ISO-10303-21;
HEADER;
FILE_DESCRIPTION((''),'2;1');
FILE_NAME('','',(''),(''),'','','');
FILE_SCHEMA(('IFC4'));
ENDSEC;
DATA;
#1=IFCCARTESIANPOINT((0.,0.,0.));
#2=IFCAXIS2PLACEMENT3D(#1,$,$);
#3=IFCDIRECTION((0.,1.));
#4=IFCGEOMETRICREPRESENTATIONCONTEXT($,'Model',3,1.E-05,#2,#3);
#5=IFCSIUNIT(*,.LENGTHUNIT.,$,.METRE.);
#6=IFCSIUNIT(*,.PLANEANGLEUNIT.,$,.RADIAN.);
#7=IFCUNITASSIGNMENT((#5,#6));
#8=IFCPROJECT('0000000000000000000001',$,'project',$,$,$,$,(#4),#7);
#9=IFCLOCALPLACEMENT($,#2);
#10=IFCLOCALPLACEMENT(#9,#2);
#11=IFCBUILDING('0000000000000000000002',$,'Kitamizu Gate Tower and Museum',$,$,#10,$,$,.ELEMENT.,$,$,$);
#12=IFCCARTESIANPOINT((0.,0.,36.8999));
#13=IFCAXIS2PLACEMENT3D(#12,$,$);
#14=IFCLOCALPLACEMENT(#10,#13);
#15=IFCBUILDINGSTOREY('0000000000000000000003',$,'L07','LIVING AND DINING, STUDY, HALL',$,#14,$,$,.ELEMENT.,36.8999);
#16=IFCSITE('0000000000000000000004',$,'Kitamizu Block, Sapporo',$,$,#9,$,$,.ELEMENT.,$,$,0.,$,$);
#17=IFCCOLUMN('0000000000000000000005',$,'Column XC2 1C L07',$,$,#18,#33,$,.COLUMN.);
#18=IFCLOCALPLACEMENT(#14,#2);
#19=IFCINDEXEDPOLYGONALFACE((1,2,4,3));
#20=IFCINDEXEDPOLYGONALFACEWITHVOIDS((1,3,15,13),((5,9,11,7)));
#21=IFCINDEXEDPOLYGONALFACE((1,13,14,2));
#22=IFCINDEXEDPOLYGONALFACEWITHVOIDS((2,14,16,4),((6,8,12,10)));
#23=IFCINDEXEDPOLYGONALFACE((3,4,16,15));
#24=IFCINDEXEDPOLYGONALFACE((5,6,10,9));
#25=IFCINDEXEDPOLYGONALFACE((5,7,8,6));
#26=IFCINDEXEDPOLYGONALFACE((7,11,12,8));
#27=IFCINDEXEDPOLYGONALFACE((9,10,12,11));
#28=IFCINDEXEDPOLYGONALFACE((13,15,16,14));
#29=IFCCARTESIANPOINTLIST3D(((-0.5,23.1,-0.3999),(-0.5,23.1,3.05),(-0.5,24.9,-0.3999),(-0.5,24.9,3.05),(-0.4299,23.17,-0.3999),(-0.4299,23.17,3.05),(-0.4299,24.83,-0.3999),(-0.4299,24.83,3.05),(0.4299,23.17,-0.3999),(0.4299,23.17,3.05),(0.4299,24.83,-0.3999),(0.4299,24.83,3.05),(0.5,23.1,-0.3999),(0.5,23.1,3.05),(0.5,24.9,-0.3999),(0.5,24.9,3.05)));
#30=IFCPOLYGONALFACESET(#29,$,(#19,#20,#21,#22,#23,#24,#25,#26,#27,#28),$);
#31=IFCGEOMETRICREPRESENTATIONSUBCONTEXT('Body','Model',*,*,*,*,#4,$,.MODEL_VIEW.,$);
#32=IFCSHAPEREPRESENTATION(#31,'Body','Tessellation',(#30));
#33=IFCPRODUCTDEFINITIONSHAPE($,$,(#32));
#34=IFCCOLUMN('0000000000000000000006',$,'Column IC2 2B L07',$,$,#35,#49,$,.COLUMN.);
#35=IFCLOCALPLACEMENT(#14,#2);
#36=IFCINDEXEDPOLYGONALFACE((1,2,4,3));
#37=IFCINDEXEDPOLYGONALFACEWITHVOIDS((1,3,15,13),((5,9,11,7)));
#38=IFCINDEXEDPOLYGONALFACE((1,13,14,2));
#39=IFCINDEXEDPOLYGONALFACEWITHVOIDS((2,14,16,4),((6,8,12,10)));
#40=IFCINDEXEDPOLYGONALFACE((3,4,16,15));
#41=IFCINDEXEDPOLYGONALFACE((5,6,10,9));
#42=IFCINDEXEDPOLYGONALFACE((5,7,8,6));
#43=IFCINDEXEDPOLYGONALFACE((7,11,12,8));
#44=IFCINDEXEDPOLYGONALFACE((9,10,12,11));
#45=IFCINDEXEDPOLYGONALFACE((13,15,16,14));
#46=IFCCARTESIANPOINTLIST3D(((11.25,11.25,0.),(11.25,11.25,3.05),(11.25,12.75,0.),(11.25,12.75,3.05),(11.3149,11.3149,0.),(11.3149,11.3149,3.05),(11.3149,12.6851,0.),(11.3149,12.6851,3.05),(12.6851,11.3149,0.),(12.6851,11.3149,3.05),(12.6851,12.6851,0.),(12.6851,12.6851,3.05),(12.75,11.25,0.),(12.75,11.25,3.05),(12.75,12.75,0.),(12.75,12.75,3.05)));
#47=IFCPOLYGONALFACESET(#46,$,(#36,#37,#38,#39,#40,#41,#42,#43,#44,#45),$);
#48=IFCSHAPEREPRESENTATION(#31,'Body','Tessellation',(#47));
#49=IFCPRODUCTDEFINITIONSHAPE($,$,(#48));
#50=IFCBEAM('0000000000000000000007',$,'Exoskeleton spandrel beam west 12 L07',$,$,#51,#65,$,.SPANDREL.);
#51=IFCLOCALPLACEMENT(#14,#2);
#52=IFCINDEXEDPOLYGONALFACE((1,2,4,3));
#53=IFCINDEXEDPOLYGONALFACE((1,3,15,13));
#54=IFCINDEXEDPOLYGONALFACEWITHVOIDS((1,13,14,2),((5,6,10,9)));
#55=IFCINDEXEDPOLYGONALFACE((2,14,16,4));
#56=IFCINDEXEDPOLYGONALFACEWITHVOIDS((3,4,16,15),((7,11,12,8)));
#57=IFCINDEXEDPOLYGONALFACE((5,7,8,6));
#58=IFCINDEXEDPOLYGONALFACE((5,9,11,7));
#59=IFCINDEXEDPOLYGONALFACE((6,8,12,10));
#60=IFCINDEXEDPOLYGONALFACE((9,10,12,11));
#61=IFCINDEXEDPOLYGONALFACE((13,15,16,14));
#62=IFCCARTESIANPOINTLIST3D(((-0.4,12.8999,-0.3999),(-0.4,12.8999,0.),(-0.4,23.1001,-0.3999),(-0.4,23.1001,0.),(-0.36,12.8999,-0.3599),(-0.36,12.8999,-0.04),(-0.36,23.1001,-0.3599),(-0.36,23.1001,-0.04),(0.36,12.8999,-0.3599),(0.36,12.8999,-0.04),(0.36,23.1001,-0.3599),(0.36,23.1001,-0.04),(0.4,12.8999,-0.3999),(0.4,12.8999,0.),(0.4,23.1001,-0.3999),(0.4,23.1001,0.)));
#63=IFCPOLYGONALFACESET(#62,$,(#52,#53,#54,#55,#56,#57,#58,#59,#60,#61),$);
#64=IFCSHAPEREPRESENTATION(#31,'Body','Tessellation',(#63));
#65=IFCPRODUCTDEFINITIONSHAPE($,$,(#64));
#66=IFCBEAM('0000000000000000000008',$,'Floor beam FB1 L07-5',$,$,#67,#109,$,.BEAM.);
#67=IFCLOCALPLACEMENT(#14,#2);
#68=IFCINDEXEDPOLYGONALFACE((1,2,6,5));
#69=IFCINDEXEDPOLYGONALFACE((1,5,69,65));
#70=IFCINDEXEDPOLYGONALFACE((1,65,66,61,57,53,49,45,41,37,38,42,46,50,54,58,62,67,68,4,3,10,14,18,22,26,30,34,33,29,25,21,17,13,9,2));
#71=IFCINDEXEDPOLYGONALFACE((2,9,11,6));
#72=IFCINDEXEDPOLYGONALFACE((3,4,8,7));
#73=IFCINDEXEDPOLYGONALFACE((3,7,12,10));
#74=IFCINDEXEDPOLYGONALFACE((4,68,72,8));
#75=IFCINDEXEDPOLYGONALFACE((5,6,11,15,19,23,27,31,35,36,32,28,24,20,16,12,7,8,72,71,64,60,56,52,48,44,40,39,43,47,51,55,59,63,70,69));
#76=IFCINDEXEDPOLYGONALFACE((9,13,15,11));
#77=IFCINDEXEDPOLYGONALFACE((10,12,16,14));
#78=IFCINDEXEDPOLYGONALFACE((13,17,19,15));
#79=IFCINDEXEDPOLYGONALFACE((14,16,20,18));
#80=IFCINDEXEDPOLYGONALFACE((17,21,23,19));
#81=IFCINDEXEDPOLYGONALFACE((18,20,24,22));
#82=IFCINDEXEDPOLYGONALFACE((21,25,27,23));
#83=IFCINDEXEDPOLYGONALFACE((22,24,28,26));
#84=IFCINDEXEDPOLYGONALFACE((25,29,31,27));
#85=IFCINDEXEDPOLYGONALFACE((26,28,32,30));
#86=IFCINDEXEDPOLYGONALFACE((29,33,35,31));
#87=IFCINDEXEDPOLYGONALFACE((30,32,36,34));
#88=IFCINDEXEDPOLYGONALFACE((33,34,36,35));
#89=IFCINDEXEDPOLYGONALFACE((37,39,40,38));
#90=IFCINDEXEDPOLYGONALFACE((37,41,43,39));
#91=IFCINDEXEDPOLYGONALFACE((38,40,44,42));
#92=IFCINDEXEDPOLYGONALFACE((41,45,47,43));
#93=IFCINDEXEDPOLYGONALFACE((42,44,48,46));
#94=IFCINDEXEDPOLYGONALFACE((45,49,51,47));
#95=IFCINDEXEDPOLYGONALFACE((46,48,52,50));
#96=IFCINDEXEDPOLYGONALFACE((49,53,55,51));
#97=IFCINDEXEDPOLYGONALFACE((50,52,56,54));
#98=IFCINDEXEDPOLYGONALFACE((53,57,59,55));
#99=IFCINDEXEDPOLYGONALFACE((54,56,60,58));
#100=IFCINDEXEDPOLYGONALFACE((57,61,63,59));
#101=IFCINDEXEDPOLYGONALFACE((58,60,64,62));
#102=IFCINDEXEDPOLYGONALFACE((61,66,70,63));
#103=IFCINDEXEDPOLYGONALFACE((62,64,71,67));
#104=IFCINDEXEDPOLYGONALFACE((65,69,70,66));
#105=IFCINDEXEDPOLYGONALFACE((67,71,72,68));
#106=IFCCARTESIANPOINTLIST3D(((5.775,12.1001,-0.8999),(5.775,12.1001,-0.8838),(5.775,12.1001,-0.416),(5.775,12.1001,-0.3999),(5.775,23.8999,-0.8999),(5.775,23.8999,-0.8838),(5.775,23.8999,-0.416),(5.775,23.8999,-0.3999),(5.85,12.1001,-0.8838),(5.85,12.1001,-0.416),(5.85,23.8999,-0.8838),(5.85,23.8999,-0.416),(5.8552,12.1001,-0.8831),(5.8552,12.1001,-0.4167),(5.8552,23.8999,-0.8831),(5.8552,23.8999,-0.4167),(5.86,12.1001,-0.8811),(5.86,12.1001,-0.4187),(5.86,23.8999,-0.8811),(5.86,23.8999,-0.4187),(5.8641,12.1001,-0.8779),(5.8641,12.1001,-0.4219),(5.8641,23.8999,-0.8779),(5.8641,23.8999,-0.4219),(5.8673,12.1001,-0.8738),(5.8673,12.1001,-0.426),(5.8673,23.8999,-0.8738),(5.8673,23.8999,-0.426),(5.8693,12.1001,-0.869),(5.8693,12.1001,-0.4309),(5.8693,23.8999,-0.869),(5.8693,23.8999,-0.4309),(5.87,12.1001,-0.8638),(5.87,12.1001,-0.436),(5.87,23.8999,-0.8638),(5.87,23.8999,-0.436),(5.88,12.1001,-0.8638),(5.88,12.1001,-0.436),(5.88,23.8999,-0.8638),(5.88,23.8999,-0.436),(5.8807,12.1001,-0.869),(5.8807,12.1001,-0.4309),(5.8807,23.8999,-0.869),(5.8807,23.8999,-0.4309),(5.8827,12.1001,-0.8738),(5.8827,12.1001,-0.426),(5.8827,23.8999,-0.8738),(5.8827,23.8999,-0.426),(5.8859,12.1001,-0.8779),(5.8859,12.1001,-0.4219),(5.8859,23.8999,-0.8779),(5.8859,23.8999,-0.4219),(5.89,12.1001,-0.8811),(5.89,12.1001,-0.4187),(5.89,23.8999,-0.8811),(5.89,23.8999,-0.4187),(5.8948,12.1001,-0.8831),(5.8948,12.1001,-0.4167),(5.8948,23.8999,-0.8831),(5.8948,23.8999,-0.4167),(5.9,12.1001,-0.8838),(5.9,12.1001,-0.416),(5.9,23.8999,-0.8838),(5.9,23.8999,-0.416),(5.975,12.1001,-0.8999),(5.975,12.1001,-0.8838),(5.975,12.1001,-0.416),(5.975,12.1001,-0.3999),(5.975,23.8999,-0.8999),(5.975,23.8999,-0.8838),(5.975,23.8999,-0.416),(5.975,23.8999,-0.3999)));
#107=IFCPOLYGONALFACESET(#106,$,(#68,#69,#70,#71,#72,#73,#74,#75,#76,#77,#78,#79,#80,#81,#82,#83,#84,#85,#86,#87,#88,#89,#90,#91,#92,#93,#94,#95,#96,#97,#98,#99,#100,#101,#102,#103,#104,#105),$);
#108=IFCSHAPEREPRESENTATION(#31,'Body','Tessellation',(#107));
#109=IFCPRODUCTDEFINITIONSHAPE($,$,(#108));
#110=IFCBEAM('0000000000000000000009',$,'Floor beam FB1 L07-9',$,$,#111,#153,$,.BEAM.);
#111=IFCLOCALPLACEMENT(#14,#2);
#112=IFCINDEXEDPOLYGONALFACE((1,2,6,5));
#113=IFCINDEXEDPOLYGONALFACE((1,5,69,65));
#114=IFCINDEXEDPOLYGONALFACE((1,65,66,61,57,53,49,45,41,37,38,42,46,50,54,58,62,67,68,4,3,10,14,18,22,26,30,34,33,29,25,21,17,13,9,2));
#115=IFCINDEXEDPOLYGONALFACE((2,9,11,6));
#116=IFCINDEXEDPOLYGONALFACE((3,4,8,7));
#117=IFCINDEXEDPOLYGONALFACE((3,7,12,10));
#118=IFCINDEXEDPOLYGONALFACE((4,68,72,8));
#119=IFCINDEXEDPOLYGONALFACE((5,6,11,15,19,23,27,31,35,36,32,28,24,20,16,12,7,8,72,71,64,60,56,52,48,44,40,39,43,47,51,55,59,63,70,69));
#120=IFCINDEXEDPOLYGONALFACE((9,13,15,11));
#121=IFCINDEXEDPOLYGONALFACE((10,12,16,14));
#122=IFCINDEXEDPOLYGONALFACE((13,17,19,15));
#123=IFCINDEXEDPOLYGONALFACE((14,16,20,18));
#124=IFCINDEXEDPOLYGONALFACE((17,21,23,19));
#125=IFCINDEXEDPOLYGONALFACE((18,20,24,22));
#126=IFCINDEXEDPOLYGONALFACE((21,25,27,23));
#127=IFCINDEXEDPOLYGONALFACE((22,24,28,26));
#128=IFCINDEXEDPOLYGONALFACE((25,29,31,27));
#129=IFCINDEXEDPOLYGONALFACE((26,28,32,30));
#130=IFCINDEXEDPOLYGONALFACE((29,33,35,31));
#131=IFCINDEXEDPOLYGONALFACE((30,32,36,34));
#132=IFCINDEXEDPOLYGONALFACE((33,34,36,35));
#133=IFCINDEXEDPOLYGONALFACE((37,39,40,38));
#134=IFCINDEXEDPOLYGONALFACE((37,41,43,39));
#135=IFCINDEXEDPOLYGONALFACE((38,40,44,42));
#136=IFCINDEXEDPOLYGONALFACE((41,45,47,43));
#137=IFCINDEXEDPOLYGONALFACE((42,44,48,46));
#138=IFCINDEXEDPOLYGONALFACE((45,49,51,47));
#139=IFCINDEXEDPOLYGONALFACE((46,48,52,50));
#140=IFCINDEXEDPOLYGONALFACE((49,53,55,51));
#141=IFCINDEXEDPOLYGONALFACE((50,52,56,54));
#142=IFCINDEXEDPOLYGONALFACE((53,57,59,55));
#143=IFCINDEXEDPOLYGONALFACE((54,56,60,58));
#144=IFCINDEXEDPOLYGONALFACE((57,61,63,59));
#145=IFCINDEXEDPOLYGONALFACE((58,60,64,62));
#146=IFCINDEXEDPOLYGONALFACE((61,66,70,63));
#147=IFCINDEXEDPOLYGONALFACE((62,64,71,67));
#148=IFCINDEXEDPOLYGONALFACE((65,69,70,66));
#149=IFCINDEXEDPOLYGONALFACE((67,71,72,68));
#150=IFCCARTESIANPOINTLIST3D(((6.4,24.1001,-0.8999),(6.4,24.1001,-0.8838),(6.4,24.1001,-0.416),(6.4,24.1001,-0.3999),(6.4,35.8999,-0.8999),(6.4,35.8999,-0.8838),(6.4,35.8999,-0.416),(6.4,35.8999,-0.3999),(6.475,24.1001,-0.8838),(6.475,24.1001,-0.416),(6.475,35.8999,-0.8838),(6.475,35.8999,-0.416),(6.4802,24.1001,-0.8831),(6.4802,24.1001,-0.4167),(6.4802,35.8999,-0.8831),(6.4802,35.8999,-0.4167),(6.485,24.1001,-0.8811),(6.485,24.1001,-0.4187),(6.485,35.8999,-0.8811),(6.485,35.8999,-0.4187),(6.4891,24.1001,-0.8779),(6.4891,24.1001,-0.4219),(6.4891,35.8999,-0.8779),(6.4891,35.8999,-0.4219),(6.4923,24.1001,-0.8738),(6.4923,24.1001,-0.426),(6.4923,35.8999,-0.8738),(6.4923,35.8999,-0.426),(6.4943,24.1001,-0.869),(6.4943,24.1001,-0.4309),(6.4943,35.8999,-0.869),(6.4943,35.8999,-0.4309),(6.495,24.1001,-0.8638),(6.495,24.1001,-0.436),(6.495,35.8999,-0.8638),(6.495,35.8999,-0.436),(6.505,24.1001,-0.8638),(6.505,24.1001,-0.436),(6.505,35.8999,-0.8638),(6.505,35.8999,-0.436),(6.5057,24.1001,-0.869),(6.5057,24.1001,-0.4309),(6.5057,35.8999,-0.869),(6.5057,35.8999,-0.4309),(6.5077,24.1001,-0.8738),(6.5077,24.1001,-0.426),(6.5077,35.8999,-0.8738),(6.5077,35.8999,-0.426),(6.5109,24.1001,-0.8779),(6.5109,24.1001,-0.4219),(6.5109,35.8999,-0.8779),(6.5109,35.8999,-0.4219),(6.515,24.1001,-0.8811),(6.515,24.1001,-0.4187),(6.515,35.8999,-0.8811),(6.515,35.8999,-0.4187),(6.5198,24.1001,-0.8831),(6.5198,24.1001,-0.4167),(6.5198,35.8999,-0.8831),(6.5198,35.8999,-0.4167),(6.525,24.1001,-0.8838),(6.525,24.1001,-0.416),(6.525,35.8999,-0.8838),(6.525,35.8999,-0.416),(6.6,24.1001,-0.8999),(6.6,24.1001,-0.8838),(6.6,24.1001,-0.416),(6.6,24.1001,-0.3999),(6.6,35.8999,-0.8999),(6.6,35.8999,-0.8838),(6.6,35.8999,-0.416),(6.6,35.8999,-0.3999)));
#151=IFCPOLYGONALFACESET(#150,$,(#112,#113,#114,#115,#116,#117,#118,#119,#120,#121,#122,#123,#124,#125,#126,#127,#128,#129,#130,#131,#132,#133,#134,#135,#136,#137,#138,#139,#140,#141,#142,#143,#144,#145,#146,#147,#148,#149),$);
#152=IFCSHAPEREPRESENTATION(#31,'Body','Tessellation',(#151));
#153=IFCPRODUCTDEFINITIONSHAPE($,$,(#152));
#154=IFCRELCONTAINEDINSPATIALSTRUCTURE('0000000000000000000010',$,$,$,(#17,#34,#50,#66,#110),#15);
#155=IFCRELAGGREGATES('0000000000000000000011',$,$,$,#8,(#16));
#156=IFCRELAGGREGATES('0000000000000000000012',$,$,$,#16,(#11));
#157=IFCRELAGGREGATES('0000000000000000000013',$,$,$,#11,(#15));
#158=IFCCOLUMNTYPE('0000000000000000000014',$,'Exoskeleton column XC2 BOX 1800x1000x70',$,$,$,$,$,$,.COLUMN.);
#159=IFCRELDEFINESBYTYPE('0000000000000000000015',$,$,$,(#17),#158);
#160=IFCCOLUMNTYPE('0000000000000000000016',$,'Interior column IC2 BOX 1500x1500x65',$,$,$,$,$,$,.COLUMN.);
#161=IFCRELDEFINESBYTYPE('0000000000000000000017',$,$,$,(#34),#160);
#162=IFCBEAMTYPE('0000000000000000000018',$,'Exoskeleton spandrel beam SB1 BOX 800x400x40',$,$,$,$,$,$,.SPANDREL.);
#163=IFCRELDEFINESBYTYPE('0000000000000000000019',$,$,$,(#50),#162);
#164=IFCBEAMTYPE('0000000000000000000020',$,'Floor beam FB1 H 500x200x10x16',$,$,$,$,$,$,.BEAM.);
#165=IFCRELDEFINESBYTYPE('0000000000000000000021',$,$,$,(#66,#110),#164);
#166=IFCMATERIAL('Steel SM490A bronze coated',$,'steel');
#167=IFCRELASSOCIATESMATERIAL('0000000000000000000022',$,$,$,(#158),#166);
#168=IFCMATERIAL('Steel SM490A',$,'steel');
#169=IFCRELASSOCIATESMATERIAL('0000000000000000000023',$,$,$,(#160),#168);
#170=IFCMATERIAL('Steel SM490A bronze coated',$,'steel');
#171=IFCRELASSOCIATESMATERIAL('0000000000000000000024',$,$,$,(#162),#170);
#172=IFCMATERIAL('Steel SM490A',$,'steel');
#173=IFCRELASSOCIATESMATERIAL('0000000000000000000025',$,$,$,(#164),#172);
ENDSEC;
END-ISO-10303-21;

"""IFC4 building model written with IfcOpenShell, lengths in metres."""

from ifc_helpers import new_model, si_unit, direction, frame, origin, origin_2d, place, context, subcontext, project, spatial, hollow_rectangle, i_section, extrude, material, material_profile, profile_set, type_object, element, save


model = new_model("IFC4")

# Units and contexts
model_context = context("Model", 3, precision=1e-05, world=origin(), true_north=direction((0.0, 1.0)))
body_context = subcontext(model_context, "Body", "Model", "MODEL_VIEW")
ifc_project = project(units=[si_unit("LENGTHUNIT", "METRE"), si_unit("PLANEANGLEUNIT", "RADIAN")], contexts=[model_context])

# Site, building, storey
site_placement = place(None, origin())
site = spatial("IfcSite", under=ifc_project, at=site_placement, Name="Kitamizu Block, Sapporo", CompositionType="ELEMENT", RefElevation=0.0)
building_placement = place(site_placement, origin())
building = spatial("IfcBuilding", under=site, at=building_placement, Name="Kitamizu Gate Tower and Museum", CompositionType="ELEMENT")
storey_placement = place(building_placement, frame((0.0, 0.0, 36.8999)))
storey = spatial("IfcBuildingStorey", under=building, at=storey_placement, Name="L07", Description="LIVING AND DINING, STUDY, HALL", CompositionType="ELEMENT", Elevation=36.8999)

# Columns
ifc_material_1 = material(Name="Steel SM490A bronze coated", Category="steel")
ifc_material_profile_1 = material_profile(ifc_material_1, hollow_rectangle(XDim=1.8, YDim=1.0, WallThickness=0.0701, at=origin_2d()), Name="BOX 1800x1000x70")
ifc_profile_set_1 = profile_set([ifc_material_profile_1], Name="Steel SM490A bronze coated")
column_type_1 = type_object("IfcColumnType", Name="Exoskeleton column XC2 BOX 1800x1000x70", PredefinedType="COLUMN", material=ifc_profile_set_1)
column_1_placement = place(storey_placement, frame((0.0, 24.0, -0.3999), z_axis=(0.0, 0.0, 1.0), x_axis=(0.0, 1.0, 0.0)))
element("IfcColumn", 1, at=column_1_placement, inside=storey, type_object=column_type_1, Name="Column XC2 1C L07", PredefinedType="COLUMN", context=body_context, shape_type="SweptSolid", body=[
    extrude(hollow_rectangle(XDim=1.8, YDim=1.0, WallThickness=0.0701, at=origin_2d()), origin(), (0.0, 0.0, 1.0), 3.45),
])
ifc_material_2 = material(Name="Steel SM490A", Category="steel")
ifc_material_profile_2 = material_profile(ifc_material_2, hollow_rectangle(XDim=1.5, YDim=1.5, WallThickness=0.0649, at=origin_2d()), Name="BOX 1500x1500x65")
ifc_profile_set_2 = profile_set([ifc_material_profile_2], Name="Steel SM490A")
column_type_2 = type_object("IfcColumnType", Name="Interior column IC2 BOX 1500x1500x65", PredefinedType="COLUMN", material=ifc_profile_set_2)
column_2_placement = place(storey_placement, frame((12.0, 12.0, 0.0), z_axis=(0.0, 0.0, 1.0), x_axis=(1.0, 0.0, 0.0)))
element("IfcColumn", 2, at=column_2_placement, inside=storey, type_object=column_type_2, Name="Column IC2 2B L07", PredefinedType="COLUMN", context=body_context, shape_type="SweptSolid", body=[
    extrude(hollow_rectangle(XDim=1.5, YDim=1.5, WallThickness=0.0649, at=origin_2d()), origin(), (0.0, 0.0, 1.0), 3.05),
])

# Beams
ifc_material_3 = material(Name="Steel SM490A bronze coated", Category="steel")
ifc_material_profile_3 = material_profile(ifc_material_3, hollow_rectangle(XDim=0.8, YDim=0.3999, WallThickness=0.04, at=origin_2d()), Name="BOX 800x400x40")
ifc_profile_set_3 = profile_set([ifc_material_profile_3], Name="Steel SM490A bronze coated")
beam_type_1 = type_object("IfcBeamType", Name="Exoskeleton spandrel beam SB1 BOX 800x400x40", PredefinedType="SPANDREL", material=ifc_profile_set_3)
beam_1_placement = place(storey_placement, frame((0.0, 12.8999, -0.2), z_axis=(0.0, 1.0, 0.0), x_axis=(-1.0, 0.0, 0.0)))
element("IfcBeam", 3, at=beam_1_placement, inside=storey, type_object=beam_type_1, Name="Exoskeleton spandrel beam west 12 L07", PredefinedType="SPANDREL", context=body_context, shape_type="SweptSolid", body=[
    extrude(hollow_rectangle(XDim=0.8, YDim=0.3999, WallThickness=0.04, at=origin_2d()), origin(), (0.0, 0.0, 1.0), 10.2002),
])
ifc_material_4 = material(Name="Steel SM490A", Category="steel")
ifc_material_profile_4 = material_profile(ifc_material_4, i_section(OverallWidth=0.2, OverallDepth=0.5, WebThickness=0.01, FlangeThickness=0.0161, FilletRadius=0.02, at=origin_2d()), Name="H-500x200x10x16")
ifc_profile_set_4 = profile_set([ifc_material_profile_4], Name="Steel SM490A")
beam_type_2 = type_object("IfcBeamType", Name="Floor beam FB1 H 500x200x10x16", PredefinedType="BEAM", material=ifc_profile_set_4)
for number, where, z_axis, x_axis, name in (
    (4, (5.875, 12.1001, -0.6499), (0.0, 1.0, 0.0), (-1.0, 0.0, 0.0), "Floor beam FB1 L07-5"),
    (5, (6.5, 24.1001, -0.6499), (0.0, 1.0, 0.0), (-1.0, 0.0, 0.0), "Floor beam FB1 L07-9"),
):
    element("IfcBeam", number, at=place(storey_placement, frame(where, z_axis=z_axis, x_axis=x_axis)), inside=storey, type_object=beam_type_2, Name=name, PredefinedType="BEAM", context=body_context, shape_type="SweptSolid", body=[
        extrude(i_section(OverallWidth=0.2, OverallDepth=0.5, WebThickness=0.01, FlangeThickness=0.0161, FilletRadius=0.02, at=origin_2d()), origin(), (0.0, 0.0, 1.0), 11.7998),
    ])

save(model, "model.ifc")
